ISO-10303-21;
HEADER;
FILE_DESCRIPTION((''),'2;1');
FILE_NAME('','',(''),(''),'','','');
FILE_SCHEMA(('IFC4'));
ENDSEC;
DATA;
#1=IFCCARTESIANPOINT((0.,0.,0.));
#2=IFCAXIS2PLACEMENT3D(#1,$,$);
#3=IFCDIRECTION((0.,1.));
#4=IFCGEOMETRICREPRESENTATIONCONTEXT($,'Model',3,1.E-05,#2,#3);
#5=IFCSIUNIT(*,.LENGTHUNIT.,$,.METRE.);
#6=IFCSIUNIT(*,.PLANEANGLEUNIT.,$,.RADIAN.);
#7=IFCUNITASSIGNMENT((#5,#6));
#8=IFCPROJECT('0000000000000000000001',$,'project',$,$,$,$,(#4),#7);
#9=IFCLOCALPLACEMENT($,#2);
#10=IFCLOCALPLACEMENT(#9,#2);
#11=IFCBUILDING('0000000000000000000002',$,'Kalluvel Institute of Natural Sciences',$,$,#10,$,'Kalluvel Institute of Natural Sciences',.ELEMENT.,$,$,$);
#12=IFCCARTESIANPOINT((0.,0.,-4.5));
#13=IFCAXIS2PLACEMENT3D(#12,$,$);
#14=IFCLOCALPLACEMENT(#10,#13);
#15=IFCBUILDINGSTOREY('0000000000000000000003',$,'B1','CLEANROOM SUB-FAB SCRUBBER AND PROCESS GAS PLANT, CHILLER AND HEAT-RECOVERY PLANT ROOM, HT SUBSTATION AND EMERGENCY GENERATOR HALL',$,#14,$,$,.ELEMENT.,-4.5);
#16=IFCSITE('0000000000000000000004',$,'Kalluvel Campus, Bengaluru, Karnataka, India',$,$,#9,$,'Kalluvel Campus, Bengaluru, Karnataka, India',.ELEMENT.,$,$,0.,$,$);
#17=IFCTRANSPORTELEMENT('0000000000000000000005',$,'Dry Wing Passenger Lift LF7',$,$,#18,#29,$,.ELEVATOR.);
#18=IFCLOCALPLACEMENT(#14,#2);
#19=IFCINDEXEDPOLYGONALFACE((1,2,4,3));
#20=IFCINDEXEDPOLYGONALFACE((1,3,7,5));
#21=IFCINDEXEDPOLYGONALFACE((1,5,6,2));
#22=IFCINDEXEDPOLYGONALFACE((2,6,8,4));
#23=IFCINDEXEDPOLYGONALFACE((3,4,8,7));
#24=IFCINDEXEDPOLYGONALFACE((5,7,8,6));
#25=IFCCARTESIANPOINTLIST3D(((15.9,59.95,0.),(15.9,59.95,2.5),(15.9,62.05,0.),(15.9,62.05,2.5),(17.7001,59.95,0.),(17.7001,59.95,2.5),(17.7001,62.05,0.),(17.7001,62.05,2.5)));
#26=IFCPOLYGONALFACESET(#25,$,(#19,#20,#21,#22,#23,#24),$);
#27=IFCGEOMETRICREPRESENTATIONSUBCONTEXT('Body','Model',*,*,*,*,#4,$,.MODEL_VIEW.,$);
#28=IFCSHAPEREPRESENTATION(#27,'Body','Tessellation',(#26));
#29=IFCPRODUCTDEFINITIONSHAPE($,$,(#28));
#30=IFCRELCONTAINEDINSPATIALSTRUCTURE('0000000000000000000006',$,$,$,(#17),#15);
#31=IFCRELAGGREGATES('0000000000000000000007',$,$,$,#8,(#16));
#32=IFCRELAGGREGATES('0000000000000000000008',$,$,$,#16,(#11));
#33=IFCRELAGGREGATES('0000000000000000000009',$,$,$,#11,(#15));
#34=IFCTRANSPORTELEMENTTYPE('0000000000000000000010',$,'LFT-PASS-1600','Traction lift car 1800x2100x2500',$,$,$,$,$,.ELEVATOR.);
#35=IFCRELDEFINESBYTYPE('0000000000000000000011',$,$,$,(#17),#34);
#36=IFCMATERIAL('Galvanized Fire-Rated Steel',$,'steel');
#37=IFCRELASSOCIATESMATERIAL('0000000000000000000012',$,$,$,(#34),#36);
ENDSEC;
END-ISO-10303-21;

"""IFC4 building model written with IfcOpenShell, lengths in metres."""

from ifc_helpers import new_model, si_unit, direction, frame, origin, origin_2d, place, context, subcontext, project, spatial, rectangle, extrude, material, type_object, element, save


model = new_model("IFC4")

# Units and contexts
model_context = context("Model", 3, precision=1e-05, world=origin(), true_north=direction((0.0, 1.0)))
body_context = subcontext(model_context, "Body", "Model", "MODEL_VIEW")
ifc_project = project(units=[si_unit("LENGTHUNIT", "METRE"), si_unit("PLANEANGLEUNIT", "RADIAN")], contexts=[model_context])

# Site, building, storey
site_placement = place(None, origin())
site = spatial("IfcSite", under=ifc_project, at=site_placement, Name="Kalluvel Campus, Bengaluru, Karnataka, India", LongName="Kalluvel Campus, Bengaluru, Karnataka, India", CompositionType="ELEMENT", RefElevation=0.0)
building_placement = place(site_placement, origin())
building = spatial("IfcBuilding", under=site, at=building_placement, Name="Kalluvel Institute of Natural Sciences", LongName="Kalluvel Institute of Natural Sciences", CompositionType="ELEMENT")
storey_placement = place(building_placement, frame((0.0, 0.0, -4.5)))
storey = spatial("IfcBuildingStorey", under=building, at=storey_placement, Name="B1", Description="CLEANROOM SUB-FAB SCRUBBER AND PROCESS GAS PLANT, CHILLER AND HEAT-RECOVERY PLANT ROOM, HT SUBSTATION AND EMERGENCY GENERATOR HALL", CompositionType="ELEMENT", Elevation=-4.5)

# Shared definitions
ifc_material_1 = material(Name="Galvanized Fire-Rated Steel", Category="steel")

# Transport element
transport_element_type = type_object("IfcTransportElementType", Name="LFT-PASS-1600", Description="Traction lift car 1800x2100x2500", PredefinedType="ELEVATOR", material=ifc_material_1)
transport_element_placement = place(storey_placement, frame((16.8, 61.0, 0.0), z_axis=(0.0, 0.0, 1.0), x_axis=(1.0, 0.0, 0.0)))
element("IfcTransportElement", 1, at=transport_element_placement, inside=storey, type_object=transport_element_type, Name="Dry Wing Passenger Lift LF7", PredefinedType="ELEVATOR", context=body_context, shape_type="SweptSolid", body=[
    extrude(rectangle(XDim=1.8, YDim=2.1001, at=origin_2d()), origin(), (0.0, 0.0, 1.0), 2.5),
])

save(model, "model.ifc")
